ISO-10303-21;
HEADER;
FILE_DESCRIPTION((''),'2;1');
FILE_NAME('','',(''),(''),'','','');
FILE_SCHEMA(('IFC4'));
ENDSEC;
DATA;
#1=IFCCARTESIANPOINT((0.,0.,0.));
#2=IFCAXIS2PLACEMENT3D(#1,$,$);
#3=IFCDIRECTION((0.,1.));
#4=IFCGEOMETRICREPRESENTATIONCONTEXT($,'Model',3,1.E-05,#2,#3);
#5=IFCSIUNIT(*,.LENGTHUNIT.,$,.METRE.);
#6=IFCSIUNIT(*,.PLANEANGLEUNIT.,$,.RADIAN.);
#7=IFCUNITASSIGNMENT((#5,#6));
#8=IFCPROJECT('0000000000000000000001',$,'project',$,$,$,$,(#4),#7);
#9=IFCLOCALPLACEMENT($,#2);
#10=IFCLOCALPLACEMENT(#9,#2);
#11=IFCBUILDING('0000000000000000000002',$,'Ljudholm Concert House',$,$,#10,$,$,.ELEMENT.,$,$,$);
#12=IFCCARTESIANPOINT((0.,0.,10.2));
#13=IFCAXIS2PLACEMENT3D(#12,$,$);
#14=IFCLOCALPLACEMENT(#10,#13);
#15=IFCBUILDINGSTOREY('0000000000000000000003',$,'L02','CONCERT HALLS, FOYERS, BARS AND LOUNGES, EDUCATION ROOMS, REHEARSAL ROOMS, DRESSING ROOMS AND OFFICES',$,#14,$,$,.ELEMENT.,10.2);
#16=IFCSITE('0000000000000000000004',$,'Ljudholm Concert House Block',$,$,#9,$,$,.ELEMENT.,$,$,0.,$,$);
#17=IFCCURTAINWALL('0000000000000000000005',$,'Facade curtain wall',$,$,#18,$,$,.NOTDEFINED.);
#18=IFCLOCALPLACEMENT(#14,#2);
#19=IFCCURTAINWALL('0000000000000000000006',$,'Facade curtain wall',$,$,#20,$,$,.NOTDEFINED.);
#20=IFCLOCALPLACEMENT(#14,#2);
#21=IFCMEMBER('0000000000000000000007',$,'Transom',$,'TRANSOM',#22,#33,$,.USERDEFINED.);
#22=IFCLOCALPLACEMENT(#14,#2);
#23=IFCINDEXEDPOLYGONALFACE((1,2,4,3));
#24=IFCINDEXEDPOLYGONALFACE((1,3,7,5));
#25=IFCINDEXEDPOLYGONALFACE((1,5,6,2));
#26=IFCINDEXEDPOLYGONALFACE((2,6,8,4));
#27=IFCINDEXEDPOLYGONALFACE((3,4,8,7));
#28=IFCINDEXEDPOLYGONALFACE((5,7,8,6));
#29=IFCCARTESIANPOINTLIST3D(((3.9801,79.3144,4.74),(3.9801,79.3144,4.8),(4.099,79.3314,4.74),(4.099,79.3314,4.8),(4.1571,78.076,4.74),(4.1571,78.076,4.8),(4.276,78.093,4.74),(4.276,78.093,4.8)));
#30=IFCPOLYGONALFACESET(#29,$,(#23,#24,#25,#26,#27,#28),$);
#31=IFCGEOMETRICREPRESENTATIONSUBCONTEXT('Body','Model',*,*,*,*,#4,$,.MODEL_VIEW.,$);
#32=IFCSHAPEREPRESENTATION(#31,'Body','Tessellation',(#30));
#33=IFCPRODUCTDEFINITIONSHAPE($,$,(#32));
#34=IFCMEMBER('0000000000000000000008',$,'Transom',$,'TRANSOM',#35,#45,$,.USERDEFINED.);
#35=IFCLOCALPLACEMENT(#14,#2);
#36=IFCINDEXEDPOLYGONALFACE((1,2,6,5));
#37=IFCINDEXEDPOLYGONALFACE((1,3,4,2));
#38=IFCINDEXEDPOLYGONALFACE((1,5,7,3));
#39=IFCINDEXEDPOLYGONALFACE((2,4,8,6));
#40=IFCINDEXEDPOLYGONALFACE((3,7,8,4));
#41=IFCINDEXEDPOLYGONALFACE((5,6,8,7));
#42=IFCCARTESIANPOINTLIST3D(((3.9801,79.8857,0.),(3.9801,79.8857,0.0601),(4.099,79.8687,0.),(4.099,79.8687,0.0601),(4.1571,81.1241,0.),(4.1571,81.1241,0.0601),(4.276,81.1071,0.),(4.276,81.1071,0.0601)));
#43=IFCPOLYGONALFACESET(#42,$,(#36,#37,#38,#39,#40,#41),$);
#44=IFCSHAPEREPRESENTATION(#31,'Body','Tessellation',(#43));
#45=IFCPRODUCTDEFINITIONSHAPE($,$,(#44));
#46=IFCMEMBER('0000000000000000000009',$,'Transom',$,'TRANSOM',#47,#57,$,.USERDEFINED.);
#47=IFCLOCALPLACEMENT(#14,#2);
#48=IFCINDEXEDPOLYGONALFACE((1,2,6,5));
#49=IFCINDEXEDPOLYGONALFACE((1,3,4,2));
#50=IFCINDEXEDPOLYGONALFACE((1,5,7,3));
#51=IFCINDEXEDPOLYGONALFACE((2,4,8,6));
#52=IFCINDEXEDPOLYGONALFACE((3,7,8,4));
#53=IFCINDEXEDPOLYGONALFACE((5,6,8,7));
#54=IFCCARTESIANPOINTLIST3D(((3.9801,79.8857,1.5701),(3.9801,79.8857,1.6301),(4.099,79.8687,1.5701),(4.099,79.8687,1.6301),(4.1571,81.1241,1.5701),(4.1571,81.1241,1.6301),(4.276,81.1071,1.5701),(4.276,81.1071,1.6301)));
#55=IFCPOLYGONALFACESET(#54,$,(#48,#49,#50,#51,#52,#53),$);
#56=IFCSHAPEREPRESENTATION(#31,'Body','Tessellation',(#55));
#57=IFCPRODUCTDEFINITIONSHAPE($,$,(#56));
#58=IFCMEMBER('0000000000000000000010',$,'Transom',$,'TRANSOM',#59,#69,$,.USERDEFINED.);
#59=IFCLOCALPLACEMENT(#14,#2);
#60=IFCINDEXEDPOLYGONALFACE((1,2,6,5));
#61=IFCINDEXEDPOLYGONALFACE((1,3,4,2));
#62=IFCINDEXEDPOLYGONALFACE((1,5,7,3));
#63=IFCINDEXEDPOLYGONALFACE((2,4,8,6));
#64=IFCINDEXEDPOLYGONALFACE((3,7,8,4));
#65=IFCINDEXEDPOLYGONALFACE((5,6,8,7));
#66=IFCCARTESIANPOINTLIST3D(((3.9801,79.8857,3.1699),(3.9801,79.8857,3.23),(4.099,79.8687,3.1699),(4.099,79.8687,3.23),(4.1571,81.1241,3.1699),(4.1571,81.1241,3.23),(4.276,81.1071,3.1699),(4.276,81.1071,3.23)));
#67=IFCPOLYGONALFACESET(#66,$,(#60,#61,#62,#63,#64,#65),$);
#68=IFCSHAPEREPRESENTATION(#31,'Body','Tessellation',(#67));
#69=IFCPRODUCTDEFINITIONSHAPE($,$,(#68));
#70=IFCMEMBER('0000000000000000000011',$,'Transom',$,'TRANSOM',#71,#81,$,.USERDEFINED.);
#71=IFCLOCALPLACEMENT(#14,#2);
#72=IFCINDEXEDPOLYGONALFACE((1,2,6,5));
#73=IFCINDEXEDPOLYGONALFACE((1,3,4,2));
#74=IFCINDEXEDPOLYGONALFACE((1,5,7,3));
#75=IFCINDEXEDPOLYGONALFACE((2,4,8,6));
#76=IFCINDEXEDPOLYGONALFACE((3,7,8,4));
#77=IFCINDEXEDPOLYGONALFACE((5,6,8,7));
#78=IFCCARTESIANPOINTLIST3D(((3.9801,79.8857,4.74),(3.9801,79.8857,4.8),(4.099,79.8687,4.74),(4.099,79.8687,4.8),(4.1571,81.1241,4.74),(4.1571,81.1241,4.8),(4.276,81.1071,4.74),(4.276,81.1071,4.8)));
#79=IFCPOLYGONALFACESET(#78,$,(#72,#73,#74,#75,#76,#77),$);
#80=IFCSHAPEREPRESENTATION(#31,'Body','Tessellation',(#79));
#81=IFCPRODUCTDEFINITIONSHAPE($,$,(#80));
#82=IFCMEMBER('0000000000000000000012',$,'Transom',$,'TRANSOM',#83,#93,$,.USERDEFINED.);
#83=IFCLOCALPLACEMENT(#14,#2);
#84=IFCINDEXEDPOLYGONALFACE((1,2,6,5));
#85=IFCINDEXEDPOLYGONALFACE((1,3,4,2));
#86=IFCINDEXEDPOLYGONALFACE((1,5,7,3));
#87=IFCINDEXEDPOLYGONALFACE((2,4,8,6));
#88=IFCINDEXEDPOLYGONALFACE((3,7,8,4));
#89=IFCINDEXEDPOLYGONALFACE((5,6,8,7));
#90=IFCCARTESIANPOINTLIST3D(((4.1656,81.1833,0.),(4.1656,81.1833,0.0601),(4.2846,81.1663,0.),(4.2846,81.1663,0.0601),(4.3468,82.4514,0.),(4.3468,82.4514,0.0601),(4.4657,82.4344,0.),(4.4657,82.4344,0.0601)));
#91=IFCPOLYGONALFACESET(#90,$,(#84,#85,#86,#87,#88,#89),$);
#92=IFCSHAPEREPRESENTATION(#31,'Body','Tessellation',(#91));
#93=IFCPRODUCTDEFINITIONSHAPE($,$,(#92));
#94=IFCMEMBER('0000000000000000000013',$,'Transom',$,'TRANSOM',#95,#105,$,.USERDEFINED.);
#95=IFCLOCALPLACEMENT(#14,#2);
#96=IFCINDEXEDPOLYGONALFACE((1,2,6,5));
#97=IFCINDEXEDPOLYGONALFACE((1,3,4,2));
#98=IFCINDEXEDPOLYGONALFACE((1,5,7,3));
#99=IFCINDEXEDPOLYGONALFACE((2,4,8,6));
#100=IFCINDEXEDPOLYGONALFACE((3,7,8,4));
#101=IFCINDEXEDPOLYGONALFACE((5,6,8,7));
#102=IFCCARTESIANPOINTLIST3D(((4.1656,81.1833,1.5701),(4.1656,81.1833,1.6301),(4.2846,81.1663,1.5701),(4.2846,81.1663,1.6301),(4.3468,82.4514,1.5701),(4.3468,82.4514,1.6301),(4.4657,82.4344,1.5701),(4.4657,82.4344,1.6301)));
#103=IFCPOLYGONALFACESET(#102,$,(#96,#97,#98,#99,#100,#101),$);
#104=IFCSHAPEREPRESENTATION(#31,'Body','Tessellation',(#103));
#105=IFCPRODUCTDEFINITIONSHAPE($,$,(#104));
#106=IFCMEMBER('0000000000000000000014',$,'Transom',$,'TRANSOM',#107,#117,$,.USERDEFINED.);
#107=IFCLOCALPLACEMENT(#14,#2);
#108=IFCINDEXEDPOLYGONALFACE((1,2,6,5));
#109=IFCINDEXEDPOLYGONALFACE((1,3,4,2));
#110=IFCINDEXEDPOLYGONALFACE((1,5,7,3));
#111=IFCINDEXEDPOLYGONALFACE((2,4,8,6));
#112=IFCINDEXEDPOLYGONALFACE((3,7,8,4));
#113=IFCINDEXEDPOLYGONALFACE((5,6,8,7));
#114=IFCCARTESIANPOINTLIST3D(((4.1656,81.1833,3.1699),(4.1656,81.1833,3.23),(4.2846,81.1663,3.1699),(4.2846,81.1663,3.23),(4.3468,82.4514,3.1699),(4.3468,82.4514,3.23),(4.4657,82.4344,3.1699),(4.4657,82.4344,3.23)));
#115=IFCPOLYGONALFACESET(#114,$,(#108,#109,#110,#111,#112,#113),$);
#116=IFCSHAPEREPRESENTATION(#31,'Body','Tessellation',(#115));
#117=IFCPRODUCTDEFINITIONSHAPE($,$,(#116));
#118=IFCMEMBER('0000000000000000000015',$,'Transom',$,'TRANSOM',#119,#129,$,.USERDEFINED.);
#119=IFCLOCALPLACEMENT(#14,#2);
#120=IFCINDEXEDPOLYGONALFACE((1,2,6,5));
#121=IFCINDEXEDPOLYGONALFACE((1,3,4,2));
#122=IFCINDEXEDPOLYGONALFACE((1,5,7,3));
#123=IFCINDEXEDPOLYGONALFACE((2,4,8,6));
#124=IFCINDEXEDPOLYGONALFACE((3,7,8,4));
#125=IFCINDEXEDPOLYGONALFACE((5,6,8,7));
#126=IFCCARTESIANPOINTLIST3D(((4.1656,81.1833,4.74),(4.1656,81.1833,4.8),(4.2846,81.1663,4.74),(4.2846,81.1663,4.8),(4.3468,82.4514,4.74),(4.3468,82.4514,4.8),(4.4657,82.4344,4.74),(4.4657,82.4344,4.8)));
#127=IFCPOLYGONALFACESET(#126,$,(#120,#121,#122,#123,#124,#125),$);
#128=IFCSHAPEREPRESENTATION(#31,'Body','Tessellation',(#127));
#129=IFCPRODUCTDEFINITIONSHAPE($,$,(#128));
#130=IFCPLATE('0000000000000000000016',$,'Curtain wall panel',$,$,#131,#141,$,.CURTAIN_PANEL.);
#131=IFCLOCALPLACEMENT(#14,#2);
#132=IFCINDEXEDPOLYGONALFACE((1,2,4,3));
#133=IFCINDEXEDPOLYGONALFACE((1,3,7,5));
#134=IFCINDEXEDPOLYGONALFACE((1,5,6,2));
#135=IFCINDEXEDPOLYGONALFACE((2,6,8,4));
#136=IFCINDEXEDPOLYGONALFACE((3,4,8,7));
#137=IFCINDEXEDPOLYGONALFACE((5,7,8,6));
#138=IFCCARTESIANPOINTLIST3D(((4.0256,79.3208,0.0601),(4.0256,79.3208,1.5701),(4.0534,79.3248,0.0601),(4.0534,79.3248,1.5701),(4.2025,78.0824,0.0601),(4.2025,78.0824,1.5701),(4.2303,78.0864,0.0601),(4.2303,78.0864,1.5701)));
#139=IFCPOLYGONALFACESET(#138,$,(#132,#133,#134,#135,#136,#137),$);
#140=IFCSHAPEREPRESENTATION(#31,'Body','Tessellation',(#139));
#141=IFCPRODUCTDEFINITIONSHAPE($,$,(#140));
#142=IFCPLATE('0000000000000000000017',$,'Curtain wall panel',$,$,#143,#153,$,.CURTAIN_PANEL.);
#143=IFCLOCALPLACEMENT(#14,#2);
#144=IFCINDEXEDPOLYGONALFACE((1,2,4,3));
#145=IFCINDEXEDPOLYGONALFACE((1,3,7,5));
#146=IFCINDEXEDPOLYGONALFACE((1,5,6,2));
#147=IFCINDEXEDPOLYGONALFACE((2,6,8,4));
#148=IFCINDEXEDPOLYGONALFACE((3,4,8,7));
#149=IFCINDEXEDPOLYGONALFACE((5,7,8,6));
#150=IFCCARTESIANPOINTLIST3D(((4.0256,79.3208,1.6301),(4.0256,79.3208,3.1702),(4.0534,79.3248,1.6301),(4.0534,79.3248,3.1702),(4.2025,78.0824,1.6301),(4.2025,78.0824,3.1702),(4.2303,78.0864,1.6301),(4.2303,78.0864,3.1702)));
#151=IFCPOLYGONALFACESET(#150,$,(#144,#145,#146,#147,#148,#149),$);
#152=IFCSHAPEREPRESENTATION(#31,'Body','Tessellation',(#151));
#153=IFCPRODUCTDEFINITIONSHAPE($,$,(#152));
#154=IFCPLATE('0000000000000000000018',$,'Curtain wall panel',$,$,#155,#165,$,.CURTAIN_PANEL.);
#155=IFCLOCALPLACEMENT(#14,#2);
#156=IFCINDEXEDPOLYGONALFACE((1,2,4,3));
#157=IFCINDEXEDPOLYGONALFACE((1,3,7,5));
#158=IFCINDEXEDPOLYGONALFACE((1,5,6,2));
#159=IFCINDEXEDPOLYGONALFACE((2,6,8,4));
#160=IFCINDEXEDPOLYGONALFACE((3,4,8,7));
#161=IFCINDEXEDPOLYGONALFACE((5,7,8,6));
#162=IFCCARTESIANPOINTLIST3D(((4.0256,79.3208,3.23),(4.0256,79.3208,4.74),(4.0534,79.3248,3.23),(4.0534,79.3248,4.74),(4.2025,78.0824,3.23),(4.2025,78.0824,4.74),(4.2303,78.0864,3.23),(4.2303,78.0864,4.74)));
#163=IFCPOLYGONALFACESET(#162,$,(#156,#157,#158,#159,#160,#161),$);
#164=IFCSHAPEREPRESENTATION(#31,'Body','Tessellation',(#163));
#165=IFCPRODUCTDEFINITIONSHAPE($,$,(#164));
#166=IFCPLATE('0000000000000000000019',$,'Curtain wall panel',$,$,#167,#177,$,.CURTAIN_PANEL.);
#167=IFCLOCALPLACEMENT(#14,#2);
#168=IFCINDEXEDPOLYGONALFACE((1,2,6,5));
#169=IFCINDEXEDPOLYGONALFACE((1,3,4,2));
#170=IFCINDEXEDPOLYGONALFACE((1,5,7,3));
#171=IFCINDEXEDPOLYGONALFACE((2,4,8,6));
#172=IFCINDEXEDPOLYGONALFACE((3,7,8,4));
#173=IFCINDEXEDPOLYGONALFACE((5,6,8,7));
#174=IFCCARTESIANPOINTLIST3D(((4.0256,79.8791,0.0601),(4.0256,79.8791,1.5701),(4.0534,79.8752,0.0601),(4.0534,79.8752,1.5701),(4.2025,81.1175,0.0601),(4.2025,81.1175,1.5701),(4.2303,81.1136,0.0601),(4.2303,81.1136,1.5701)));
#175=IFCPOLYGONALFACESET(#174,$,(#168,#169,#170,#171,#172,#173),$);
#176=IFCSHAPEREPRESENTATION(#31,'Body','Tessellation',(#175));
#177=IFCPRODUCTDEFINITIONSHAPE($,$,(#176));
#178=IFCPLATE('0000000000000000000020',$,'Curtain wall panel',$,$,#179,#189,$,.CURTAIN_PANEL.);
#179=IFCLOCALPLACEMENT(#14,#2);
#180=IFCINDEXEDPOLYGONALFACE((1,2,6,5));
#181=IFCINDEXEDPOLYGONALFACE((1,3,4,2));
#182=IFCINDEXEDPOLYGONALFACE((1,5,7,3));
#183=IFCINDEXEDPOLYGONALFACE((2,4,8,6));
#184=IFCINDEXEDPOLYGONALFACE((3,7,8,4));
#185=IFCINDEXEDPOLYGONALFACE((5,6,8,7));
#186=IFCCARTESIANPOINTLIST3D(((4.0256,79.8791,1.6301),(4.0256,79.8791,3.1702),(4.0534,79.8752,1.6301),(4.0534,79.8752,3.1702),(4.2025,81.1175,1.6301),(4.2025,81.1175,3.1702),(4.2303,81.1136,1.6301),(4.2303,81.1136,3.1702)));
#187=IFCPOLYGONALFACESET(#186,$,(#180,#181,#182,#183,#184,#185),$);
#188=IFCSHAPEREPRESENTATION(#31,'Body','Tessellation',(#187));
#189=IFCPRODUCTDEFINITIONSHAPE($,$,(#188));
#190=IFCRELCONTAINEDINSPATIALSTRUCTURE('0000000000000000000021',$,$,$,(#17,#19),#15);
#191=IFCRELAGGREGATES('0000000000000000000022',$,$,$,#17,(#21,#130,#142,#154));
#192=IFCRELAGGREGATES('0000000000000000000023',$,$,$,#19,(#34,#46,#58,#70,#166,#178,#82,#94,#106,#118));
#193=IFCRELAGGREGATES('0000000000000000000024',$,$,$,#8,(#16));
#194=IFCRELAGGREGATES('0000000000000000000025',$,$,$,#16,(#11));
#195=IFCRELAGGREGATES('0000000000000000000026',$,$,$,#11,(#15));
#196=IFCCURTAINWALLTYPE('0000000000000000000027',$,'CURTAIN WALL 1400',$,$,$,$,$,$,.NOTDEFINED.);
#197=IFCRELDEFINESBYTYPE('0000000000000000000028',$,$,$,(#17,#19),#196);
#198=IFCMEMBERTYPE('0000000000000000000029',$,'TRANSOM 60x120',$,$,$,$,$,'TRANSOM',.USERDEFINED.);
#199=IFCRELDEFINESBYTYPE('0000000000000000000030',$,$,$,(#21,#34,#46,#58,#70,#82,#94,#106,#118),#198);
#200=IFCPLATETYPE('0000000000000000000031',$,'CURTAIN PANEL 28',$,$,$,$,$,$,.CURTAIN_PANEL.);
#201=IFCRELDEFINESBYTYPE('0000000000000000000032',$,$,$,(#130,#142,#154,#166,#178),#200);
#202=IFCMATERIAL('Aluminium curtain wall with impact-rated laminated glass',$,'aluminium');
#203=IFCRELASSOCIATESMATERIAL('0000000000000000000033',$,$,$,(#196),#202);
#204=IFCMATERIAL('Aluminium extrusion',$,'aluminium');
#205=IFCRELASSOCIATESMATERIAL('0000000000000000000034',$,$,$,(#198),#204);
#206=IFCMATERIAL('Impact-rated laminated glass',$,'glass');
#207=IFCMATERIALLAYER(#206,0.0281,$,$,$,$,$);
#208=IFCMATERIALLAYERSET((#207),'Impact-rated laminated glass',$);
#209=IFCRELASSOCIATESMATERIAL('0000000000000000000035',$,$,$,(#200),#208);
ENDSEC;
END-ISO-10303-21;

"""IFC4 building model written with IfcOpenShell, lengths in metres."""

from ifc_helpers import new_model, si_unit, direction, frame, origin, origin_2d, place, context, subcontext, project, spatial, rectangle, extrude, material, layer, layer_set, material_profile, profile_set, type_object, element, aggregate, save


model = new_model("IFC4")

# Units and contexts
model_context = context("Model", 3, precision=1e-05, world=origin(), true_north=direction((0.0, 1.0)))
body_context = subcontext(model_context, "Body", "Model", "MODEL_VIEW")
ifc_project = project(units=[si_unit("LENGTHUNIT", "METRE"), si_unit("PLANEANGLEUNIT", "RADIAN")], contexts=[model_context])

# Site, building, storey
site_placement = place(None, origin())
site = spatial("IfcSite", under=ifc_project, at=site_placement, Name="Ljudholm Concert House Block", CompositionType="ELEMENT", RefElevation=0.0)
building_placement = place(site_placement, origin())
building = spatial("IfcBuilding", under=site, at=building_placement, Name="Ljudholm Concert House", CompositionType="ELEMENT")
storey_placement = place(building_placement, frame((0.0, 0.0, 10.2)))
storey = spatial("IfcBuildingStorey", under=building, at=storey_placement, Name="L02", Description="CONCERT HALLS, FOYERS, BARS AND LOUNGES, EDUCATION ROOMS, REHEARSAL ROOMS, DRESSING ROOMS AND OFFICES", CompositionType="ELEMENT", Elevation=10.2)

# Curtain wall
ifc_material_1 = material(Name="Aluminium curtain wall with impact-rated laminated glass", Category="aluminium")
curtain_wall_type = type_object("IfcCurtainWallType", Name="CURTAIN WALL 1400", PredefinedType="NOTDEFINED", material=ifc_material_1)
curtain_wall_1_placement = place(storey_placement, origin())
curtain_wall_1 = element("IfcCurtainWall", 1, at=curtain_wall_1_placement, inside=storey, type_object=curtain_wall_type, Name="Facade curtain wall", PredefinedType="NOTDEFINED")

# Curtain wall
curtain_wall_2_placement = place(storey_placement, origin())
curtain_wall_2 = element("IfcCurtainWall", 2, at=curtain_wall_2_placement, inside=storey, type_object=curtain_wall_type, Name="Facade curtain wall", PredefinedType="NOTDEFINED")

# Members
ifc_material_2 = material(Name="Aluminium extrusion", Category="aluminium")
ifc_material_profile_1 = material_profile(ifc_material_2, rectangle(XDim=0.1201, YDim=0.0601, at=origin_2d()), Name="TRANSOM 60x120")
ifc_profile_set_1 = profile_set([ifc_material_profile_1], Name="Aluminium extrusion")
member_type_1 = type_object("IfcMemberType", Name="TRANSOM 60x120", ElementType="TRANSOM", PredefinedType="USERDEFINED", material=ifc_profile_set_1)
member_1_placement = place(storey_placement, frame((4.2166, 78.0845, 4.77), z_axis=(-0.141503, 0.989938, 0.0), x_axis=(-0.989938, -0.141503, 0.0)))
member_1 = element("IfcMember", 3, at=member_1_placement, type_object=member_type_1, Name="Transom", ObjectType="TRANSOM", PredefinedType="USERDEFINED", context=body_context, shape_type="SweptSolid", body=[
    extrude(rectangle(XDim=0.1201, YDim=0.0601, at=origin_2d()), origin(), (0.0, 0.0, 1.0), 1.251),
])
member_2_placement = place(storey_placement, frame((4.0396, 79.8772, 0.03), z_axis=(0.141503, 0.989938, 0.0), x_axis=(-0.989938, 0.141503, 0.0)))
member_2 = element("IfcMember", 4, at=member_2_placement, type_object=member_type_1, Name="Transom", ObjectType="TRANSOM", PredefinedType="USERDEFINED", context=body_context, shape_type="SweptSolid", body=[
    extrude(rectangle(XDim=0.1201, YDim=0.0601, at=origin_2d()), origin(), (0.0, 0.0, 1.0), 1.251),
])
member_3_placement = place(storey_placement, frame((4.0396, 79.8772, 1.6001), z_axis=(0.141503, 0.989938, 0.0), x_axis=(-0.989938, 0.141503, 0.0)))
member_3 = element("IfcMember", 5, at=member_3_placement, type_object=member_type_1, Name="Transom", ObjectType="TRANSOM", PredefinedType="USERDEFINED", context=body_context, shape_type="SweptSolid", body=[
    extrude(rectangle(XDim=0.1201, YDim=0.0601, at=origin_2d()), origin(), (0.0, 0.0, 1.0), 1.251),
])
member_4_placement = place(storey_placement, frame((4.0396, 79.8772, 3.2), z_axis=(0.141503, 0.989938, 0.0), x_axis=(-0.989938, 0.141503, 0.0)))
member_4 = element("IfcMember", 6, at=member_4_placement, type_object=member_type_1, Name="Transom", ObjectType="TRANSOM", PredefinedType="USERDEFINED", context=body_context, shape_type="SweptSolid", body=[
    extrude(rectangle(XDim=0.1201, YDim=0.0601, at=origin_2d()), origin(), (0.0, 0.0, 1.0), 1.251),
])
member_5_placement = place(storey_placement, frame((4.0396, 79.8772, 4.77), z_axis=(0.141503, 0.989938, 0.0), x_axis=(-0.989938, 0.141503, 0.0)))
member_5 = element("IfcMember", 7, at=member_5_placement, type_object=member_type_1, Name="Transom", ObjectType="TRANSOM", PredefinedType="USERDEFINED", context=body_context, shape_type="SweptSolid", body=[
    extrude(rectangle(XDim=0.1201, YDim=0.0601, at=origin_2d()), origin(), (0.0, 0.0, 1.0), 1.251),
])
member_6_placement = place(storey_placement, frame((4.2251, 81.1748, 0.03), z_axis=(0.141421, 0.989949, 0.0), x_axis=(-0.989949, 0.141421, 0.0)))
member_6 = element("IfcMember", 8, at=member_6_placement, type_object=member_type_1, Name="Transom", ObjectType="TRANSOM", PredefinedType="USERDEFINED", context=body_context, shape_type="SweptSolid", body=[
    extrude(rectangle(XDim=0.1201, YDim=0.0601, at=origin_2d()), origin(), (0.0, 0.0, 1.0), 1.281),
])
member_7_placement = place(storey_placement, frame((4.2251, 81.1748, 1.6001), z_axis=(0.141421, 0.989949, 0.0), x_axis=(-0.989949, 0.141421, 0.0)))
member_7 = element("IfcMember", 9, at=member_7_placement, type_object=member_type_1, Name="Transom", ObjectType="TRANSOM", PredefinedType="USERDEFINED", context=body_context, shape_type="SweptSolid", body=[
    extrude(rectangle(XDim=0.1201, YDim=0.0601, at=origin_2d()), origin(), (0.0, 0.0, 1.0), 1.281),
])
member_8_placement = place(storey_placement, frame((4.2251, 81.1748, 3.2), z_axis=(0.141421, 0.989949, 0.0), x_axis=(-0.989949, 0.141421, 0.0)))
member_8 = element("IfcMember", 10, at=member_8_placement, type_object=member_type_1, Name="Transom", ObjectType="TRANSOM", PredefinedType="USERDEFINED", context=body_context, shape_type="SweptSolid", body=[
    extrude(rectangle(XDim=0.1201, YDim=0.0601, at=origin_2d()), origin(), (0.0, 0.0, 1.0), 1.281),
])
member_9_placement = place(storey_placement, frame((4.2251, 81.1748, 4.77), z_axis=(0.141421, 0.989949, 0.0), x_axis=(-0.989949, 0.141421, 0.0)))
member_9 = element("IfcMember", 11, at=member_9_placement, type_object=member_type_1, Name="Transom", ObjectType="TRANSOM", PredefinedType="USERDEFINED", context=body_context, shape_type="SweptSolid", body=[
    extrude(rectangle(XDim=0.1201, YDim=0.0601, at=origin_2d()), origin(), (0.0, 0.0, 1.0), 1.281),
])

# Plates
ifc_material_3 = material(Name="Impact-rated laminated glass", Category="glass")
ifc_layer = layer(ifc_material_3, 0.0281)
ifc_layer_set = layer_set([ifc_layer], Name="Impact-rated laminated glass")
plate_type = type_object("IfcPlateType", Name="CURTAIN PANEL 28", PredefinedType="CURTAIN_PANEL", material=ifc_layer_set)
plate_1_placement = place(storey_placement, frame((4.1279, 78.7036, 0.0601), z_axis=(0.0, 0.0, 1.0), x_axis=(-0.141421, 0.989949, 0.0)))
plate_1 = element("IfcPlate", 12, at=plate_1_placement, type_object=plate_type, Name="Curtain wall panel", PredefinedType="CURTAIN_PANEL", context=body_context, shape_type="SweptSolid", body=[
    extrude(rectangle(XDim=1.251, YDim=0.0281, at=origin_2d()), origin(), (0.0, 0.0, 1.0), 1.51),
])
plate_2_placement = place(storey_placement, frame((4.1279, 78.7036, 1.6301), z_axis=(0.0, 0.0, 1.0), x_axis=(-0.141421, 0.989949, 0.0)))
plate_2 = element("IfcPlate", 13, at=plate_2_placement, type_object=plate_type, Name="Curtain wall panel", PredefinedType="CURTAIN_PANEL", context=body_context, shape_type="SweptSolid", body=[
    extrude(rectangle(XDim=1.251, YDim=0.0281, at=origin_2d()), origin(), (0.0, 0.0, 1.0), 1.54),
])
plate_3_placement = place(storey_placement, frame((4.1279, 78.7036, 3.23), z_axis=(0.0, 0.0, 1.0), x_axis=(-0.141421, 0.989949, 0.0)))
plate_3 = element("IfcPlate", 14, at=plate_3_placement, type_object=plate_type, Name="Curtain wall panel", PredefinedType="CURTAIN_PANEL", context=body_context, shape_type="SweptSolid", body=[
    extrude(rectangle(XDim=1.251, YDim=0.0281, at=origin_2d()), origin(), (0.0, 0.0, 1.0), 1.51),
])
aggregate(curtain_wall_1, [member_1, plate_1, plate_2, plate_3])
plate_4_placement = place(storey_placement, frame((4.1279, 80.4963, 0.0601), z_axis=(0.0, 0.0, 1.0), x_axis=(0.141421, 0.989949, 0.0)))
plate_4 = element("IfcPlate", 15, at=plate_4_placement, type_object=plate_type, Name="Curtain wall panel", PredefinedType="CURTAIN_PANEL", context=body_context, shape_type="SweptSolid", body=[
    extrude(rectangle(XDim=1.251, YDim=0.0281, at=origin_2d()), origin(), (0.0, 0.0, 1.0), 1.51),
])
plate_5_placement = place(storey_placement, frame((4.1279, 80.4963, 1.6301), z_axis=(0.0, 0.0, 1.0), x_axis=(0.141421, 0.989949, 0.0)))
plate_5 = element("IfcPlate", 16, at=plate_5_placement, type_object=plate_type, Name="Curtain wall panel", PredefinedType="CURTAIN_PANEL", context=body_context, shape_type="SweptSolid", body=[
    extrude(rectangle(XDim=1.251, YDim=0.0281, at=origin_2d()), origin(), (0.0, 0.0, 1.0), 1.54),
])
aggregate(curtain_wall_2, [member_2, member_3, member_4, member_5, plate_4, plate_5, member_6, member_7, member_8, member_9])

save(model, "model.ifc")
